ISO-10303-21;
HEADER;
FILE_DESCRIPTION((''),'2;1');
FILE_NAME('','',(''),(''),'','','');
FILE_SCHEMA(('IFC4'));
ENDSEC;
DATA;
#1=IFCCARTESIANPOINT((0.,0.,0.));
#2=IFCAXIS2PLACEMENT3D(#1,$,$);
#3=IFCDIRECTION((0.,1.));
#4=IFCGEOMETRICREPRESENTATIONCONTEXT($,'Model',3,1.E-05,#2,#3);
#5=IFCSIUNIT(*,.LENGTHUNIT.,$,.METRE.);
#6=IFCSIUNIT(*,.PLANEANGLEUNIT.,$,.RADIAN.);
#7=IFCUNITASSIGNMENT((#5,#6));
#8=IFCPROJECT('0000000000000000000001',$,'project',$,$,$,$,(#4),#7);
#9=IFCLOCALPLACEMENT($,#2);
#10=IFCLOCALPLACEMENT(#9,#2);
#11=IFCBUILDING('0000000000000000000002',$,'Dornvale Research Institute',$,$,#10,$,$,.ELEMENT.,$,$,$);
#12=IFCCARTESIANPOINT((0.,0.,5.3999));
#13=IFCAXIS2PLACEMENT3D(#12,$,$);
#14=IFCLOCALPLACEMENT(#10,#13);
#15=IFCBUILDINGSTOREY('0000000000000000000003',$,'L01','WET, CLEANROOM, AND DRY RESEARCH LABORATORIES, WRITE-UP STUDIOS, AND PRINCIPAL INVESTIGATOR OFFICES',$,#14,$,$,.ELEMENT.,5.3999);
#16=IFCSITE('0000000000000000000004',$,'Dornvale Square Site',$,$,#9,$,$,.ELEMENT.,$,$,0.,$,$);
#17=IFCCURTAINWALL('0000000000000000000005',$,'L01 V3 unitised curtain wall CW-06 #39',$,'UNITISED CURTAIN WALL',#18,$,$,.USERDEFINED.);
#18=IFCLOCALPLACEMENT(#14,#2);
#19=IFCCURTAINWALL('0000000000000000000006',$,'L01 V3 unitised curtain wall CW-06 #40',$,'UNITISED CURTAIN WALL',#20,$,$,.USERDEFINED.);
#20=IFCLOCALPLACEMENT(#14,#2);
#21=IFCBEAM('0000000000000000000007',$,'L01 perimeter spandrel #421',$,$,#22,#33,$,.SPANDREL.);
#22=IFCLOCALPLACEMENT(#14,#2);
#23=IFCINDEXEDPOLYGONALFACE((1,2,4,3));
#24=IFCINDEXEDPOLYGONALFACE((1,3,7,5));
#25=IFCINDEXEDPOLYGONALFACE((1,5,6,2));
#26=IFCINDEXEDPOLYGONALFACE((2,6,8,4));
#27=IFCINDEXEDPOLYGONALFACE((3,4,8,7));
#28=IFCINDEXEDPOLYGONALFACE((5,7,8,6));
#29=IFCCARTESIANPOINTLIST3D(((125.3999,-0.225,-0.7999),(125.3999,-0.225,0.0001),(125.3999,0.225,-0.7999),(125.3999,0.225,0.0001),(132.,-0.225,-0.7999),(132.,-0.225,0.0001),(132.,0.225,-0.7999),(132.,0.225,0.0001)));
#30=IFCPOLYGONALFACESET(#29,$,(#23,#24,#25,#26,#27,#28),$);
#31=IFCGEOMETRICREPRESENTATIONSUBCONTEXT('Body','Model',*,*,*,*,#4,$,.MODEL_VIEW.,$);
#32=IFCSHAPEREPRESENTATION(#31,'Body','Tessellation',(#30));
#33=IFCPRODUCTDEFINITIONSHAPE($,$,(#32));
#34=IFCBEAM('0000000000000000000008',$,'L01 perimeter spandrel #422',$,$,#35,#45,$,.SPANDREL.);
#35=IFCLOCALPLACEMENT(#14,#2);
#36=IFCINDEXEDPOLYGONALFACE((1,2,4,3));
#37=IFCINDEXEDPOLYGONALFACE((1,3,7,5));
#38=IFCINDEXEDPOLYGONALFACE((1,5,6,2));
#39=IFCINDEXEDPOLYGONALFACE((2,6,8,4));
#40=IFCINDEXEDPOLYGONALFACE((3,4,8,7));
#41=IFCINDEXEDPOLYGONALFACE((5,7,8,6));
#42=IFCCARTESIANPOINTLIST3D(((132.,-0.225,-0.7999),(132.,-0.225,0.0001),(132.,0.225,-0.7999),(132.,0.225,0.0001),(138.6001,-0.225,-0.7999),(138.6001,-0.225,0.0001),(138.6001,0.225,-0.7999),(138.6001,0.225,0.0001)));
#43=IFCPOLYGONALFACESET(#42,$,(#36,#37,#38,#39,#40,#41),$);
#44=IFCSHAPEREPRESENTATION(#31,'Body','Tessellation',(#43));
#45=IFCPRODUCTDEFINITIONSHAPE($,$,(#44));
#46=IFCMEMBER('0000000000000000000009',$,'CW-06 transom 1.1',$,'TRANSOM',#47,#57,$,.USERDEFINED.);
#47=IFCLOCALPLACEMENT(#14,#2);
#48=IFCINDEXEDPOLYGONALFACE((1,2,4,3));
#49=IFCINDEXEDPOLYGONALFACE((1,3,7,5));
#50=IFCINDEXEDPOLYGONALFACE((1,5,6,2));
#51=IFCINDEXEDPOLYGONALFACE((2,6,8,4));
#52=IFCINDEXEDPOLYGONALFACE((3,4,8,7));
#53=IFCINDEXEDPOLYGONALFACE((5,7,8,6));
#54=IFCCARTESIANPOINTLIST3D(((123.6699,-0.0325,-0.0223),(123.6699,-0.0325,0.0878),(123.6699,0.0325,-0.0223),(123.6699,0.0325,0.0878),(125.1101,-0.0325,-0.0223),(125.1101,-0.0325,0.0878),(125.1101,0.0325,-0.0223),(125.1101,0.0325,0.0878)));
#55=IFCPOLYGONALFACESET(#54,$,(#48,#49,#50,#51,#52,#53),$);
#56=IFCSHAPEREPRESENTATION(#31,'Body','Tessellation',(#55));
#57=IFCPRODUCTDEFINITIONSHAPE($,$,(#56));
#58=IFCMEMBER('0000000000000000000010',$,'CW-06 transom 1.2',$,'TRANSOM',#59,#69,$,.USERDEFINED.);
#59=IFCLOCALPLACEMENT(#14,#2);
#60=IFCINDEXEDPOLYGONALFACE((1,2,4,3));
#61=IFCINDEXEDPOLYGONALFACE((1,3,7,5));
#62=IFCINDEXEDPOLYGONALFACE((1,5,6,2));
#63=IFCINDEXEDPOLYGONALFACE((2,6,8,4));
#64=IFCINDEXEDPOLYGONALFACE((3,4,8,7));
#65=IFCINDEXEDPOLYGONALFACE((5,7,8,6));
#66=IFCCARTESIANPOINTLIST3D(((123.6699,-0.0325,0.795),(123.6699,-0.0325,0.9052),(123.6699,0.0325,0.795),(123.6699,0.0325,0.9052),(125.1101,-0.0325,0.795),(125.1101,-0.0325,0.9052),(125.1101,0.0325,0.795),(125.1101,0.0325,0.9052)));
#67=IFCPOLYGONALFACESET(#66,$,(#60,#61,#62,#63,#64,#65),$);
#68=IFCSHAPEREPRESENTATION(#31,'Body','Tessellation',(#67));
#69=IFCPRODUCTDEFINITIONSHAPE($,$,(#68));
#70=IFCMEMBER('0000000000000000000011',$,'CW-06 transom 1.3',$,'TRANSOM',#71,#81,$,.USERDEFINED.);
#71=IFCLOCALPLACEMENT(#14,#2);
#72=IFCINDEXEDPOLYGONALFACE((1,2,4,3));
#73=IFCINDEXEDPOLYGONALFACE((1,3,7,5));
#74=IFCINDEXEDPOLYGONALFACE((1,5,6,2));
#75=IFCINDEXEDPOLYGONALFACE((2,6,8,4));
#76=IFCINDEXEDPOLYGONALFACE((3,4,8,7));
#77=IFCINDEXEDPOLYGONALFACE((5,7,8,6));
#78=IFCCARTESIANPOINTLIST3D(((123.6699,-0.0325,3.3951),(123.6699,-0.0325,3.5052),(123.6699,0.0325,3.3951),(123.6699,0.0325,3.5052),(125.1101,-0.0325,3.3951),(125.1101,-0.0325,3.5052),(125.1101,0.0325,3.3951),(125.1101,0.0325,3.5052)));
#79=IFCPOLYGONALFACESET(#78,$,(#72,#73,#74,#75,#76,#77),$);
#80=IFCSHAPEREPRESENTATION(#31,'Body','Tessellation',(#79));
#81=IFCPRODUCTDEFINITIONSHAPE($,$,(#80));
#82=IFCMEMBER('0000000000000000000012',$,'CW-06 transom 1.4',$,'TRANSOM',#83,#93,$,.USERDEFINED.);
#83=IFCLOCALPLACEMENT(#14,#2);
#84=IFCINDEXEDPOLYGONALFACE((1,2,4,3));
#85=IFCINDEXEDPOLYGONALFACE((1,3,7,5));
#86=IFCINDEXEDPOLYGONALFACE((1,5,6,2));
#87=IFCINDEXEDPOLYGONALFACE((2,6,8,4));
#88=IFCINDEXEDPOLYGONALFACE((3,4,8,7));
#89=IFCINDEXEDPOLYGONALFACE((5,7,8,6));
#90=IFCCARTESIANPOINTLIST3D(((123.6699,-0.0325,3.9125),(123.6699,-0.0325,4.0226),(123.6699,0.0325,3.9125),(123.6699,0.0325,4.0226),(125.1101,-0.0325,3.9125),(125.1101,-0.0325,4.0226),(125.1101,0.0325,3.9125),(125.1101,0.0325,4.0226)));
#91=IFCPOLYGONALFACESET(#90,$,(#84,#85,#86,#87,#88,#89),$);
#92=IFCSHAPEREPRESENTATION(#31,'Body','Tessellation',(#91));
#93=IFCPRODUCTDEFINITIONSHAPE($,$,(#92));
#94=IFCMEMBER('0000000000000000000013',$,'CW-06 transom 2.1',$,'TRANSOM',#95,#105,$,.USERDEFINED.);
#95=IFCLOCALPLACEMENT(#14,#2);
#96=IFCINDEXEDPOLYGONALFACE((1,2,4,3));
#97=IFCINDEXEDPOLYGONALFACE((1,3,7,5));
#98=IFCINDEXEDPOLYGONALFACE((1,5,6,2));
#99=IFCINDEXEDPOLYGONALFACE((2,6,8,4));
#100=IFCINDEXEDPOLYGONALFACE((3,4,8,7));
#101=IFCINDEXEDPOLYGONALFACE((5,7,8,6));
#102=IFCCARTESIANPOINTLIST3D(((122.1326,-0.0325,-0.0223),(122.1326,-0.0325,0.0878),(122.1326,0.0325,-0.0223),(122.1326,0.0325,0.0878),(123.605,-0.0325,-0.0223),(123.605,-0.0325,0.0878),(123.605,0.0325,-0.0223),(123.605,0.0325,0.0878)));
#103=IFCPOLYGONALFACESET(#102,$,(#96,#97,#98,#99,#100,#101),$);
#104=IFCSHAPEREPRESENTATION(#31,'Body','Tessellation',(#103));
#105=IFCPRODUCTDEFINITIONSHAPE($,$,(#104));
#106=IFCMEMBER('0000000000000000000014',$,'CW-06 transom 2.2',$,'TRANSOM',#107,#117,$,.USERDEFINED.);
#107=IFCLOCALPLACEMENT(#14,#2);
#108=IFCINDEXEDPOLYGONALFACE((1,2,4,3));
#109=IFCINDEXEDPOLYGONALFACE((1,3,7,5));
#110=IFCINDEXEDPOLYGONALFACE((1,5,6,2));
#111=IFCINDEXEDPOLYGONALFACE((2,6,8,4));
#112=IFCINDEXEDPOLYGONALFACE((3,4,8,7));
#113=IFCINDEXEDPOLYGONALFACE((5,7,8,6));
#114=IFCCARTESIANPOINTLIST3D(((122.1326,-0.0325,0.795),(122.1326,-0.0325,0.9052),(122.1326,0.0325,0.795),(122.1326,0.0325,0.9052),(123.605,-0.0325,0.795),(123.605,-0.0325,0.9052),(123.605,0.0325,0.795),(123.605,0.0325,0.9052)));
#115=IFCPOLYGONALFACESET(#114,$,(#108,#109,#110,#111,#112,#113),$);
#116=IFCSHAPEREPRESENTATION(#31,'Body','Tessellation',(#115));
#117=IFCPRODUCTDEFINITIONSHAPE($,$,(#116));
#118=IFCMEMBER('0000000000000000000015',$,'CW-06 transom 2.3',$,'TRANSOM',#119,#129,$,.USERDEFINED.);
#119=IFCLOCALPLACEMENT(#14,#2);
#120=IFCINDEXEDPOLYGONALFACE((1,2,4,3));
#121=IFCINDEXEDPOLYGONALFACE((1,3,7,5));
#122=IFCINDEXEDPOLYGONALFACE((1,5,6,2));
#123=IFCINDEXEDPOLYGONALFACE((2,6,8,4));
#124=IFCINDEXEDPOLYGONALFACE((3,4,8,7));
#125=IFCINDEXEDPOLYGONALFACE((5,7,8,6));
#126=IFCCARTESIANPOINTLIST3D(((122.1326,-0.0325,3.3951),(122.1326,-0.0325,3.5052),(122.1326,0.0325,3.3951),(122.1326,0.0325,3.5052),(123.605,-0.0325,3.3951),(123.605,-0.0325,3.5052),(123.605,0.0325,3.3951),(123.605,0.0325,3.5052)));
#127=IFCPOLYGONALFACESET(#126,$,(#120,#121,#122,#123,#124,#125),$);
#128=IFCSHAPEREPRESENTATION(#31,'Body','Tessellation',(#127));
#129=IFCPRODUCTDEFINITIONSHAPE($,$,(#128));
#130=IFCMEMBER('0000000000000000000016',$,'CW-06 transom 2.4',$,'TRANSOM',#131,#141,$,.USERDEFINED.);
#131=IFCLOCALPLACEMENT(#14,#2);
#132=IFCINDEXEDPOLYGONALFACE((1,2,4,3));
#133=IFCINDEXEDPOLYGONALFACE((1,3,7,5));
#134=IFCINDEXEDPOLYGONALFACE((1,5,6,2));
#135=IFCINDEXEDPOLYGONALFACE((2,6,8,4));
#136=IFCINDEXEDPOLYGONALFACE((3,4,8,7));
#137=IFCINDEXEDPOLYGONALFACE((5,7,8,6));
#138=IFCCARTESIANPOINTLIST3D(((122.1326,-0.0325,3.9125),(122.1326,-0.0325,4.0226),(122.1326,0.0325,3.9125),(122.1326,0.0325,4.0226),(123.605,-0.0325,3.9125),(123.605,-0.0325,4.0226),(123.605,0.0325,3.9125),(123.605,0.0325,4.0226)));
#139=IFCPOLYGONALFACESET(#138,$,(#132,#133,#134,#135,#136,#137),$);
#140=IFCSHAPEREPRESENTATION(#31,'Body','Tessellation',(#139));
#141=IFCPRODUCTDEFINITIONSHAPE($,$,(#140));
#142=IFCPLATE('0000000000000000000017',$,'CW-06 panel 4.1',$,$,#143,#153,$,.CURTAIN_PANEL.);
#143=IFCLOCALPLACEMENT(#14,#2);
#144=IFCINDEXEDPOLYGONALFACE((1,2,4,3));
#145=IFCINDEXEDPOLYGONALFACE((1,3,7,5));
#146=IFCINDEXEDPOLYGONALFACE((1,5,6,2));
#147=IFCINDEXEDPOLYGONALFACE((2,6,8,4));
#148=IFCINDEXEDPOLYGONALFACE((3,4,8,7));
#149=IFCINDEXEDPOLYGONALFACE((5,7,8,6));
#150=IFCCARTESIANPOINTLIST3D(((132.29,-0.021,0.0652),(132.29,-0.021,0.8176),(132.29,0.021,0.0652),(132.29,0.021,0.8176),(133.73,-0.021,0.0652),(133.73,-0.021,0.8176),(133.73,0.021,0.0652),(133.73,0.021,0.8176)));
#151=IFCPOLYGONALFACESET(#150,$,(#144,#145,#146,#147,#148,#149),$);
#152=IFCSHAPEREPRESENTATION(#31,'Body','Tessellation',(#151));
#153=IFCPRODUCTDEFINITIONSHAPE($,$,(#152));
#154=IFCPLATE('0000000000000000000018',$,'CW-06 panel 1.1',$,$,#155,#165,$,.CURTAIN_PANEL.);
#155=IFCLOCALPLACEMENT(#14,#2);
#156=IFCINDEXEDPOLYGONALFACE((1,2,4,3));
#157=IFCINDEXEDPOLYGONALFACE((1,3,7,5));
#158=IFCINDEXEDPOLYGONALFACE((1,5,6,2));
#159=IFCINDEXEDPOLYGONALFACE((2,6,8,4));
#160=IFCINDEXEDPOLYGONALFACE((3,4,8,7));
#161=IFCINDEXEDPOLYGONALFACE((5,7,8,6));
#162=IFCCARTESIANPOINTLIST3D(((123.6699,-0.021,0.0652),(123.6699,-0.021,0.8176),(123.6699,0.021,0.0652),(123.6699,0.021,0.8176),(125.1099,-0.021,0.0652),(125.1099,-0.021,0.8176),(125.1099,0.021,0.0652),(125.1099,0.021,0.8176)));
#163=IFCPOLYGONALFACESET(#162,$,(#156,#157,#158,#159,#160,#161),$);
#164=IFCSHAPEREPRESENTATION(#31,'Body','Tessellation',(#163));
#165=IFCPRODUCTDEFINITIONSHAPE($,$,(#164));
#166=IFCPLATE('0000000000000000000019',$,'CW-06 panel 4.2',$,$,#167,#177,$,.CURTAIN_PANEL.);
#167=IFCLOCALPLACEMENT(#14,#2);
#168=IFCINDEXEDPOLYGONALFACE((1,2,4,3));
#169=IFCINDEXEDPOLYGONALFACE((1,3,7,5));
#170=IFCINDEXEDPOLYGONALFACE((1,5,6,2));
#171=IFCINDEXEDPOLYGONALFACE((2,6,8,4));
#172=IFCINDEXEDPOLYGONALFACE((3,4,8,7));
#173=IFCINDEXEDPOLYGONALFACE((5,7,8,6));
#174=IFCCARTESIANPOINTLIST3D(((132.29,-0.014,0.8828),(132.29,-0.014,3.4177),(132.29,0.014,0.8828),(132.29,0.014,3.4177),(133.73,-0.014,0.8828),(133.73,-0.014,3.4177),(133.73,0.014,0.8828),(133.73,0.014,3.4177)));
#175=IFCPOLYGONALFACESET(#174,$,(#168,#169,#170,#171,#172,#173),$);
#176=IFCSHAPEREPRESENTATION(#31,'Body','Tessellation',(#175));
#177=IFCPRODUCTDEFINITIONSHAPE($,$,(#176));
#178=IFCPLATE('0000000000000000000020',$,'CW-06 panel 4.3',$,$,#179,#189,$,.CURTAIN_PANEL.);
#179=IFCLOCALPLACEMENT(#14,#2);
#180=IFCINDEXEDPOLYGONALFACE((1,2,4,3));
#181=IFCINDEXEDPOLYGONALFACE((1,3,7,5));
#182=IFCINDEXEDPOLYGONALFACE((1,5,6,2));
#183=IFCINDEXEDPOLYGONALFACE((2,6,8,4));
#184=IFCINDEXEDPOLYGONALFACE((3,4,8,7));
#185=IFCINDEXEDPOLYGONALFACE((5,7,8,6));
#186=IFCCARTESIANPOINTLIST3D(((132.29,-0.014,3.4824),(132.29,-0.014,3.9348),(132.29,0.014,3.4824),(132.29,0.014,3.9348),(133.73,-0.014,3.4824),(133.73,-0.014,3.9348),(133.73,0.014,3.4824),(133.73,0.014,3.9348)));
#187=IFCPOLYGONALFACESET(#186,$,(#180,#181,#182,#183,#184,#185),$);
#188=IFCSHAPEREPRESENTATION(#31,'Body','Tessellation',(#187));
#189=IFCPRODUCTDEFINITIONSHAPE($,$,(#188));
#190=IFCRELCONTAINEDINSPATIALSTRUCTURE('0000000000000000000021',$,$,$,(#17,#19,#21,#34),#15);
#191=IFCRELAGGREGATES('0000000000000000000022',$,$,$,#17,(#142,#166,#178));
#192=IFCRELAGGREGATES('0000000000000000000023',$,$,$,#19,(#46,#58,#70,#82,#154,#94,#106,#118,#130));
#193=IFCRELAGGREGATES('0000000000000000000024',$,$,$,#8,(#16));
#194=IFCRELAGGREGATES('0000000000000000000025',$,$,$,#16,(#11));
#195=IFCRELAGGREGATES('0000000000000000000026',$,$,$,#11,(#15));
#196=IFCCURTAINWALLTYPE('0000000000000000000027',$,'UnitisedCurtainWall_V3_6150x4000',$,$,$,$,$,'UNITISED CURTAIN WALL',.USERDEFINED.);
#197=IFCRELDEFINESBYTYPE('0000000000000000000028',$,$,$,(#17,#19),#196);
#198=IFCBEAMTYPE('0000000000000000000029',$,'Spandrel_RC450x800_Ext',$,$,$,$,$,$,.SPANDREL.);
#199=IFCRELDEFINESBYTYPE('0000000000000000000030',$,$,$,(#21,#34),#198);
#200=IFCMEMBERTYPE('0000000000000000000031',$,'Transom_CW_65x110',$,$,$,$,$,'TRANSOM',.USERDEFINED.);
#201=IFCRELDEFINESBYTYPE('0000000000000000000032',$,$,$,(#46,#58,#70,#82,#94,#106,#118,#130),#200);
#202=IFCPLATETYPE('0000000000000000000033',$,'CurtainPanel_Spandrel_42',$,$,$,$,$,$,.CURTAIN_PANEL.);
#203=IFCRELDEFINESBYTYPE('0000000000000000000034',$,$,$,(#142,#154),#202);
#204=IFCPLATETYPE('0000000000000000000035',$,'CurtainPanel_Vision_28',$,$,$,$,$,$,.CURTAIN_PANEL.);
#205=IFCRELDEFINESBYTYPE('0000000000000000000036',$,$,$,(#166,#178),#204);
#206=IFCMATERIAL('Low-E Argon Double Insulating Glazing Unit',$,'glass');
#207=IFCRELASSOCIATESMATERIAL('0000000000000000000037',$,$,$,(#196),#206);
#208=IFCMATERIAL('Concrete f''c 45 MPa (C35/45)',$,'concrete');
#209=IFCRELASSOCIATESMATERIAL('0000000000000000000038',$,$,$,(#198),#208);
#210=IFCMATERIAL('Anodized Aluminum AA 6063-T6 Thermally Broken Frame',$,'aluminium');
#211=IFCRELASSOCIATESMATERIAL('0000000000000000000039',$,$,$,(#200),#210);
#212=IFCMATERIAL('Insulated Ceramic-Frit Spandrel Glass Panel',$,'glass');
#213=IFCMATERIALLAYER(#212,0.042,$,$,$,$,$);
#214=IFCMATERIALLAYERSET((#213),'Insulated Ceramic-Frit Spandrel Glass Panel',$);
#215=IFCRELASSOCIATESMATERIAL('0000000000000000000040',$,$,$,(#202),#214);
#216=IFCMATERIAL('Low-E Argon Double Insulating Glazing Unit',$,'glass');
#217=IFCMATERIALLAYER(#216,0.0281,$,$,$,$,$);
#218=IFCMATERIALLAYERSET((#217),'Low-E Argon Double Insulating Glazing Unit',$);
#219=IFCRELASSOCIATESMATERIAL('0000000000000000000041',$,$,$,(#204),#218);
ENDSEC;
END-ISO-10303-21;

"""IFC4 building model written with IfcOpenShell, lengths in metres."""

from ifc_helpers import new_model, si_unit, direction, frame, origin, origin_2d, place, context, subcontext, project, spatial, rectangle, extrude, material, layer, layer_set, material_profile, profile_set, type_object, element, aggregate, save


model = new_model("IFC4")

# Units and contexts
model_context = context("Model", 3, precision=1e-05, world=origin(), true_north=direction((0.0, 1.0)))
body_context = subcontext(model_context, "Body", "Model", "MODEL_VIEW")
ifc_project = project(units=[si_unit("LENGTHUNIT", "METRE"), si_unit("PLANEANGLEUNIT", "RADIAN")], contexts=[model_context])

# Site, building, storey
site_placement = place(None, origin())
site = spatial("IfcSite", under=ifc_project, at=site_placement, Name="Dornvale Square Site", CompositionType="ELEMENT", RefElevation=0.0)
building_placement = place(site_placement, origin())
building = spatial("IfcBuilding", under=site, at=building_placement, Name="Dornvale Research Institute", CompositionType="ELEMENT")
storey_placement = place(building_placement, frame((0.0, 0.0, 5.3999)))
storey = spatial("IfcBuildingStorey", under=building, at=storey_placement, Name="L01", Description="WET, CLEANROOM, AND DRY RESEARCH LABORATORIES, WRITE-UP STUDIOS, AND PRINCIPAL INVESTIGATOR OFFICES", CompositionType="ELEMENT", Elevation=5.3999)

# Curtain wall
ifc_material_1 = material(Name="Low-E Argon Double Insulating Glazing Unit", Category="glass")
curtain_wall_type = type_object("IfcCurtainWallType", Name="UnitisedCurtainWall_V3_6150x4000", ElementType="UNITISED CURTAIN WALL", PredefinedType="USERDEFINED", material=ifc_material_1)
curtain_wall_1_placement = place(storey_placement, origin())
curtain_wall_1 = element("IfcCurtainWall", 1, at=curtain_wall_1_placement, inside=storey, type_object=curtain_wall_type, Name="L01 V3 unitised curtain wall CW-06 #39", ObjectType="UNITISED CURTAIN WALL", PredefinedType="USERDEFINED")

# Curtain wall
curtain_wall_2_placement = place(storey_placement, origin())
curtain_wall_2 = element("IfcCurtainWall", 2, at=curtain_wall_2_placement, inside=storey, type_object=curtain_wall_type, Name="L01 V3 unitised curtain wall CW-06 #40", ObjectType="UNITISED CURTAIN WALL", PredefinedType="USERDEFINED")

# Beams
ifc_material_2 = material(Name="Concrete f'c 45 MPa (C35/45)", Category="concrete")
ifc_material_profile_1 = material_profile(ifc_material_2, rectangle(XDim=0.45, YDim=0.8, at=origin_2d()), Name="RC 450x800")
ifc_profile_set_1 = profile_set([ifc_material_profile_1], Name="Concrete f'c 45 MPa (C35/45)")
beam_type_1 = type_object("IfcBeamType", Name="Spandrel_RC450x800_Ext", PredefinedType="SPANDREL", material=ifc_profile_set_1)
for number, where, z_axis, x_axis, name in (
    (3, (125.3999, 0.0, -0.3999), (1.0, 0.0, 0.0), (0.0, 1.0, 0.0), "L01 perimeter spandrel #421"),
    (4, (132.0, 0.0, -0.3999), (1.0, 0.0, 0.0), (0.0, 1.0, 0.0), "L01 perimeter spandrel #422"),
):
    element("IfcBeam", number, at=place(storey_placement, frame(where, z_axis=z_axis, x_axis=x_axis)), inside=storey, type_object=beam_type_1, Name=name, PredefinedType="SPANDREL", context=body_context, shape_type="SweptSolid", body=[
        extrude(rectangle(XDim=0.45, YDim=0.8, at=origin_2d()), origin(), (0.0, 0.0, 1.0), 6.6001),
    ])

# Members
ifc_material_3 = material(Name="Anodized Aluminum AA 6063-T6 Thermally Broken Frame", Category="aluminium")
ifc_material_profile_2 = material_profile(ifc_material_3, rectangle(XDim=0.0649, YDim=0.1101, at=origin_2d()), Name="ALU TRANSOM 65x110")
ifc_profile_set_2 = profile_set([ifc_material_profile_2], Name="Anodized Aluminum AA 6063-T6 Thermally Broken Frame")
member_type_1 = type_object("IfcMemberType", Name="Transom_CW_65x110", ElementType="TRANSOM", PredefinedType="USERDEFINED", material=ifc_profile_set_2)
member_1_placement = place(storey_placement, frame((125.1101, 0.0, 0.0327), z_axis=(-1.0, 0.0, 0.0), x_axis=(0.0, -1.0, 0.0)))
member_1 = element("IfcMember", 5, at=member_1_placement, type_object=member_type_1, Name="CW-06 transom 1.1", ObjectType="TRANSOM", PredefinedType="USERDEFINED", context=body_context, shape_type="SweptSolid", body=[
    extrude(rectangle(XDim=0.0649, YDim=0.1101, at=origin_2d()), origin(), (0.0, 0.0, 1.0), 1.4402),
])
member_2_placement = place(storey_placement, frame((125.1101, 0.0, 0.8501), z_axis=(-1.0, 0.0, 0.0), x_axis=(0.0, -1.0, 0.0)))
member_2 = element("IfcMember", 6, at=member_2_placement, type_object=member_type_1, Name="CW-06 transom 1.2", ObjectType="TRANSOM", PredefinedType="USERDEFINED", context=body_context, shape_type="SweptSolid", body=[
    extrude(rectangle(XDim=0.0649, YDim=0.1101, at=origin_2d()), origin(), (0.0, 0.0, 1.0), 1.4402),
])
member_3_placement = place(storey_placement, frame((125.1101, 0.0, 3.4502), z_axis=(-1.0, 0.0, 0.0), x_axis=(0.0, -1.0, 0.0)))
member_3 = element("IfcMember", 7, at=member_3_placement, type_object=member_type_1, Name="CW-06 transom 1.3", ObjectType="TRANSOM", PredefinedType="USERDEFINED", context=body_context, shape_type="SweptSolid", body=[
    extrude(rectangle(XDim=0.0649, YDim=0.1101, at=origin_2d()), origin(), (0.0, 0.0, 1.0), 1.4402),
])
member_4_placement = place(storey_placement, frame((125.1101, 0.0, 3.9675), z_axis=(-1.0, 0.0, 0.0), x_axis=(0.0, -1.0, 0.0)))
member_4 = element("IfcMember", 8, at=member_4_placement, type_object=member_type_1, Name="CW-06 transom 1.4", ObjectType="TRANSOM", PredefinedType="USERDEFINED", context=body_context, shape_type="SweptSolid", body=[
    extrude(rectangle(XDim=0.0649, YDim=0.1101, at=origin_2d()), origin(), (0.0, 0.0, 1.0), 1.4402),
])
member_5_placement = place(storey_placement, frame((123.605, 0.0, 0.0327), z_axis=(-1.0, 0.0, 0.0), x_axis=(0.0, -1.0, 0.0)))
member_5 = element("IfcMember", 9, at=member_5_placement, type_object=member_type_1, Name="CW-06 transom 2.1", ObjectType="TRANSOM", PredefinedType="USERDEFINED", context=body_context, shape_type="SweptSolid", body=[
    extrude(rectangle(XDim=0.0649, YDim=0.1101, at=origin_2d()), origin(), (0.0, 0.0, 1.0), 1.4724),
])
member_6_placement = place(storey_placement, frame((123.605, 0.0, 0.8501), z_axis=(-1.0, 0.0, 0.0), x_axis=(0.0, -1.0, 0.0)))
member_6 = element("IfcMember", 10, at=member_6_placement, type_object=member_type_1, Name="CW-06 transom 2.2", ObjectType="TRANSOM", PredefinedType="USERDEFINED", context=body_context, shape_type="SweptSolid", body=[
    extrude(rectangle(XDim=0.0649, YDim=0.1101, at=origin_2d()), origin(), (0.0, 0.0, 1.0), 1.4724),
])
member_7_placement = place(storey_placement, frame((123.605, 0.0, 3.4502), z_axis=(-1.0, 0.0, 0.0), x_axis=(0.0, -1.0, 0.0)))
member_7 = element("IfcMember", 11, at=member_7_placement, type_object=member_type_1, Name="CW-06 transom 2.3", ObjectType="TRANSOM", PredefinedType="USERDEFINED", context=body_context, shape_type="SweptSolid", body=[
    extrude(rectangle(XDim=0.0649, YDim=0.1101, at=origin_2d()), origin(), (0.0, 0.0, 1.0), 1.4724),
])
member_8_placement = place(storey_placement, frame((123.605, 0.0, 3.9675), z_axis=(-1.0, 0.0, 0.0), x_axis=(0.0, -1.0, 0.0)))
member_8 = element("IfcMember", 12, at=member_8_placement, type_object=member_type_1, Name="CW-06 transom 2.4", ObjectType="TRANSOM", PredefinedType="USERDEFINED", context=body_context, shape_type="SweptSolid", body=[
    extrude(rectangle(XDim=0.0649, YDim=0.1101, at=origin_2d()), origin(), (0.0, 0.0, 1.0), 1.4724),
])

# Plates
ifc_material_4 = material(Name="Insulated Ceramic-Frit Spandrel Glass Panel", Category="glass")
ifc_layer_1 = layer(ifc_material_4, 0.042)
ifc_layer_set_1 = layer_set([ifc_layer_1], Name="Insulated Ceramic-Frit Spandrel Glass Panel")
plate_type_1 = type_object("IfcPlateType", Name="CurtainPanel_Spandrel_42", PredefinedType="CURTAIN_PANEL", material=ifc_layer_set_1)
plate_1_placement = place(storey_placement, frame((133.01, 0.0, 0.0652), z_axis=(0.0, 0.0, 1.0), x_axis=(-1.0, 0.0, 0.0)))
plate_1 = element("IfcPlate", 13, at=plate_1_placement, type_object=plate_type_1, Name="CW-06 panel 4.1", PredefinedType="CURTAIN_PANEL", context=body_context, shape_type="SweptSolid", body=[
    extrude(rectangle(XDim=1.4399, YDim=0.042, at=origin_2d()), origin(), (0.0, 0.0, 1.0), 0.7524),
])
plate_2_placement = place(storey_placement, frame((124.3899, 0.0, 0.0652), z_axis=(0.0, 0.0, 1.0), x_axis=(-1.0, 0.0, 0.0)))
plate_2 = element("IfcPlate", 14, at=plate_2_placement, type_object=plate_type_1, Name="CW-06 panel 1.1", PredefinedType="CURTAIN_PANEL", context=body_context, shape_type="SweptSolid", body=[
    extrude(rectangle(XDim=1.4399, YDim=0.042, at=origin_2d()), origin(), (0.0, 0.0, 1.0), 0.7524),
])
ifc_material_5 = material(Name="Low-E Argon Double Insulating Glazing Unit", Category="glass")
ifc_layer_2 = layer(ifc_material_5, 0.0281)
ifc_layer_set_2 = layer_set([ifc_layer_2], Name="Low-E Argon Double Insulating Glazing Unit")
plate_type_2 = type_object("IfcPlateType", Name="CurtainPanel_Vision_28", PredefinedType="CURTAIN_PANEL", material=ifc_layer_set_2)
plate_3_placement = place(storey_placement, frame((133.01, 0.0, 0.8828), z_axis=(0.0, 0.0, 1.0), x_axis=(-1.0, 0.0, 0.0)))
plate_3 = element("IfcPlate", 15, at=plate_3_placement, type_object=plate_type_2, Name="CW-06 panel 4.2", PredefinedType="CURTAIN_PANEL", context=body_context, shape_type="SweptSolid", body=[
    extrude(rectangle(XDim=1.4399, YDim=0.0281, at=origin_2d()), origin(), (0.0, 0.0, 1.0), 2.5349),
])
plate_4_placement = place(storey_placement, frame((133.01, 0.0, 3.4824), z_axis=(0.0, 0.0, 1.0), x_axis=(-1.0, 0.0, 0.0)))
plate_4 = element("IfcPlate", 16, at=plate_4_placement, type_object=plate_type_2, Name="CW-06 panel 4.3", PredefinedType="CURTAIN_PANEL", context=body_context, shape_type="SweptSolid", body=[
    extrude(rectangle(XDim=1.4399, YDim=0.0281, at=origin_2d()), origin(), (0.0, 0.0, 1.0), 0.4524),
])
aggregate(curtain_wall_1, [plate_1, plate_3, plate_4])
aggregate(curtain_wall_2, [member_1, member_2, member_3, member_4, plate_2, member_5, member_6, member_7, member_8])

save(model, "model.ifc")
